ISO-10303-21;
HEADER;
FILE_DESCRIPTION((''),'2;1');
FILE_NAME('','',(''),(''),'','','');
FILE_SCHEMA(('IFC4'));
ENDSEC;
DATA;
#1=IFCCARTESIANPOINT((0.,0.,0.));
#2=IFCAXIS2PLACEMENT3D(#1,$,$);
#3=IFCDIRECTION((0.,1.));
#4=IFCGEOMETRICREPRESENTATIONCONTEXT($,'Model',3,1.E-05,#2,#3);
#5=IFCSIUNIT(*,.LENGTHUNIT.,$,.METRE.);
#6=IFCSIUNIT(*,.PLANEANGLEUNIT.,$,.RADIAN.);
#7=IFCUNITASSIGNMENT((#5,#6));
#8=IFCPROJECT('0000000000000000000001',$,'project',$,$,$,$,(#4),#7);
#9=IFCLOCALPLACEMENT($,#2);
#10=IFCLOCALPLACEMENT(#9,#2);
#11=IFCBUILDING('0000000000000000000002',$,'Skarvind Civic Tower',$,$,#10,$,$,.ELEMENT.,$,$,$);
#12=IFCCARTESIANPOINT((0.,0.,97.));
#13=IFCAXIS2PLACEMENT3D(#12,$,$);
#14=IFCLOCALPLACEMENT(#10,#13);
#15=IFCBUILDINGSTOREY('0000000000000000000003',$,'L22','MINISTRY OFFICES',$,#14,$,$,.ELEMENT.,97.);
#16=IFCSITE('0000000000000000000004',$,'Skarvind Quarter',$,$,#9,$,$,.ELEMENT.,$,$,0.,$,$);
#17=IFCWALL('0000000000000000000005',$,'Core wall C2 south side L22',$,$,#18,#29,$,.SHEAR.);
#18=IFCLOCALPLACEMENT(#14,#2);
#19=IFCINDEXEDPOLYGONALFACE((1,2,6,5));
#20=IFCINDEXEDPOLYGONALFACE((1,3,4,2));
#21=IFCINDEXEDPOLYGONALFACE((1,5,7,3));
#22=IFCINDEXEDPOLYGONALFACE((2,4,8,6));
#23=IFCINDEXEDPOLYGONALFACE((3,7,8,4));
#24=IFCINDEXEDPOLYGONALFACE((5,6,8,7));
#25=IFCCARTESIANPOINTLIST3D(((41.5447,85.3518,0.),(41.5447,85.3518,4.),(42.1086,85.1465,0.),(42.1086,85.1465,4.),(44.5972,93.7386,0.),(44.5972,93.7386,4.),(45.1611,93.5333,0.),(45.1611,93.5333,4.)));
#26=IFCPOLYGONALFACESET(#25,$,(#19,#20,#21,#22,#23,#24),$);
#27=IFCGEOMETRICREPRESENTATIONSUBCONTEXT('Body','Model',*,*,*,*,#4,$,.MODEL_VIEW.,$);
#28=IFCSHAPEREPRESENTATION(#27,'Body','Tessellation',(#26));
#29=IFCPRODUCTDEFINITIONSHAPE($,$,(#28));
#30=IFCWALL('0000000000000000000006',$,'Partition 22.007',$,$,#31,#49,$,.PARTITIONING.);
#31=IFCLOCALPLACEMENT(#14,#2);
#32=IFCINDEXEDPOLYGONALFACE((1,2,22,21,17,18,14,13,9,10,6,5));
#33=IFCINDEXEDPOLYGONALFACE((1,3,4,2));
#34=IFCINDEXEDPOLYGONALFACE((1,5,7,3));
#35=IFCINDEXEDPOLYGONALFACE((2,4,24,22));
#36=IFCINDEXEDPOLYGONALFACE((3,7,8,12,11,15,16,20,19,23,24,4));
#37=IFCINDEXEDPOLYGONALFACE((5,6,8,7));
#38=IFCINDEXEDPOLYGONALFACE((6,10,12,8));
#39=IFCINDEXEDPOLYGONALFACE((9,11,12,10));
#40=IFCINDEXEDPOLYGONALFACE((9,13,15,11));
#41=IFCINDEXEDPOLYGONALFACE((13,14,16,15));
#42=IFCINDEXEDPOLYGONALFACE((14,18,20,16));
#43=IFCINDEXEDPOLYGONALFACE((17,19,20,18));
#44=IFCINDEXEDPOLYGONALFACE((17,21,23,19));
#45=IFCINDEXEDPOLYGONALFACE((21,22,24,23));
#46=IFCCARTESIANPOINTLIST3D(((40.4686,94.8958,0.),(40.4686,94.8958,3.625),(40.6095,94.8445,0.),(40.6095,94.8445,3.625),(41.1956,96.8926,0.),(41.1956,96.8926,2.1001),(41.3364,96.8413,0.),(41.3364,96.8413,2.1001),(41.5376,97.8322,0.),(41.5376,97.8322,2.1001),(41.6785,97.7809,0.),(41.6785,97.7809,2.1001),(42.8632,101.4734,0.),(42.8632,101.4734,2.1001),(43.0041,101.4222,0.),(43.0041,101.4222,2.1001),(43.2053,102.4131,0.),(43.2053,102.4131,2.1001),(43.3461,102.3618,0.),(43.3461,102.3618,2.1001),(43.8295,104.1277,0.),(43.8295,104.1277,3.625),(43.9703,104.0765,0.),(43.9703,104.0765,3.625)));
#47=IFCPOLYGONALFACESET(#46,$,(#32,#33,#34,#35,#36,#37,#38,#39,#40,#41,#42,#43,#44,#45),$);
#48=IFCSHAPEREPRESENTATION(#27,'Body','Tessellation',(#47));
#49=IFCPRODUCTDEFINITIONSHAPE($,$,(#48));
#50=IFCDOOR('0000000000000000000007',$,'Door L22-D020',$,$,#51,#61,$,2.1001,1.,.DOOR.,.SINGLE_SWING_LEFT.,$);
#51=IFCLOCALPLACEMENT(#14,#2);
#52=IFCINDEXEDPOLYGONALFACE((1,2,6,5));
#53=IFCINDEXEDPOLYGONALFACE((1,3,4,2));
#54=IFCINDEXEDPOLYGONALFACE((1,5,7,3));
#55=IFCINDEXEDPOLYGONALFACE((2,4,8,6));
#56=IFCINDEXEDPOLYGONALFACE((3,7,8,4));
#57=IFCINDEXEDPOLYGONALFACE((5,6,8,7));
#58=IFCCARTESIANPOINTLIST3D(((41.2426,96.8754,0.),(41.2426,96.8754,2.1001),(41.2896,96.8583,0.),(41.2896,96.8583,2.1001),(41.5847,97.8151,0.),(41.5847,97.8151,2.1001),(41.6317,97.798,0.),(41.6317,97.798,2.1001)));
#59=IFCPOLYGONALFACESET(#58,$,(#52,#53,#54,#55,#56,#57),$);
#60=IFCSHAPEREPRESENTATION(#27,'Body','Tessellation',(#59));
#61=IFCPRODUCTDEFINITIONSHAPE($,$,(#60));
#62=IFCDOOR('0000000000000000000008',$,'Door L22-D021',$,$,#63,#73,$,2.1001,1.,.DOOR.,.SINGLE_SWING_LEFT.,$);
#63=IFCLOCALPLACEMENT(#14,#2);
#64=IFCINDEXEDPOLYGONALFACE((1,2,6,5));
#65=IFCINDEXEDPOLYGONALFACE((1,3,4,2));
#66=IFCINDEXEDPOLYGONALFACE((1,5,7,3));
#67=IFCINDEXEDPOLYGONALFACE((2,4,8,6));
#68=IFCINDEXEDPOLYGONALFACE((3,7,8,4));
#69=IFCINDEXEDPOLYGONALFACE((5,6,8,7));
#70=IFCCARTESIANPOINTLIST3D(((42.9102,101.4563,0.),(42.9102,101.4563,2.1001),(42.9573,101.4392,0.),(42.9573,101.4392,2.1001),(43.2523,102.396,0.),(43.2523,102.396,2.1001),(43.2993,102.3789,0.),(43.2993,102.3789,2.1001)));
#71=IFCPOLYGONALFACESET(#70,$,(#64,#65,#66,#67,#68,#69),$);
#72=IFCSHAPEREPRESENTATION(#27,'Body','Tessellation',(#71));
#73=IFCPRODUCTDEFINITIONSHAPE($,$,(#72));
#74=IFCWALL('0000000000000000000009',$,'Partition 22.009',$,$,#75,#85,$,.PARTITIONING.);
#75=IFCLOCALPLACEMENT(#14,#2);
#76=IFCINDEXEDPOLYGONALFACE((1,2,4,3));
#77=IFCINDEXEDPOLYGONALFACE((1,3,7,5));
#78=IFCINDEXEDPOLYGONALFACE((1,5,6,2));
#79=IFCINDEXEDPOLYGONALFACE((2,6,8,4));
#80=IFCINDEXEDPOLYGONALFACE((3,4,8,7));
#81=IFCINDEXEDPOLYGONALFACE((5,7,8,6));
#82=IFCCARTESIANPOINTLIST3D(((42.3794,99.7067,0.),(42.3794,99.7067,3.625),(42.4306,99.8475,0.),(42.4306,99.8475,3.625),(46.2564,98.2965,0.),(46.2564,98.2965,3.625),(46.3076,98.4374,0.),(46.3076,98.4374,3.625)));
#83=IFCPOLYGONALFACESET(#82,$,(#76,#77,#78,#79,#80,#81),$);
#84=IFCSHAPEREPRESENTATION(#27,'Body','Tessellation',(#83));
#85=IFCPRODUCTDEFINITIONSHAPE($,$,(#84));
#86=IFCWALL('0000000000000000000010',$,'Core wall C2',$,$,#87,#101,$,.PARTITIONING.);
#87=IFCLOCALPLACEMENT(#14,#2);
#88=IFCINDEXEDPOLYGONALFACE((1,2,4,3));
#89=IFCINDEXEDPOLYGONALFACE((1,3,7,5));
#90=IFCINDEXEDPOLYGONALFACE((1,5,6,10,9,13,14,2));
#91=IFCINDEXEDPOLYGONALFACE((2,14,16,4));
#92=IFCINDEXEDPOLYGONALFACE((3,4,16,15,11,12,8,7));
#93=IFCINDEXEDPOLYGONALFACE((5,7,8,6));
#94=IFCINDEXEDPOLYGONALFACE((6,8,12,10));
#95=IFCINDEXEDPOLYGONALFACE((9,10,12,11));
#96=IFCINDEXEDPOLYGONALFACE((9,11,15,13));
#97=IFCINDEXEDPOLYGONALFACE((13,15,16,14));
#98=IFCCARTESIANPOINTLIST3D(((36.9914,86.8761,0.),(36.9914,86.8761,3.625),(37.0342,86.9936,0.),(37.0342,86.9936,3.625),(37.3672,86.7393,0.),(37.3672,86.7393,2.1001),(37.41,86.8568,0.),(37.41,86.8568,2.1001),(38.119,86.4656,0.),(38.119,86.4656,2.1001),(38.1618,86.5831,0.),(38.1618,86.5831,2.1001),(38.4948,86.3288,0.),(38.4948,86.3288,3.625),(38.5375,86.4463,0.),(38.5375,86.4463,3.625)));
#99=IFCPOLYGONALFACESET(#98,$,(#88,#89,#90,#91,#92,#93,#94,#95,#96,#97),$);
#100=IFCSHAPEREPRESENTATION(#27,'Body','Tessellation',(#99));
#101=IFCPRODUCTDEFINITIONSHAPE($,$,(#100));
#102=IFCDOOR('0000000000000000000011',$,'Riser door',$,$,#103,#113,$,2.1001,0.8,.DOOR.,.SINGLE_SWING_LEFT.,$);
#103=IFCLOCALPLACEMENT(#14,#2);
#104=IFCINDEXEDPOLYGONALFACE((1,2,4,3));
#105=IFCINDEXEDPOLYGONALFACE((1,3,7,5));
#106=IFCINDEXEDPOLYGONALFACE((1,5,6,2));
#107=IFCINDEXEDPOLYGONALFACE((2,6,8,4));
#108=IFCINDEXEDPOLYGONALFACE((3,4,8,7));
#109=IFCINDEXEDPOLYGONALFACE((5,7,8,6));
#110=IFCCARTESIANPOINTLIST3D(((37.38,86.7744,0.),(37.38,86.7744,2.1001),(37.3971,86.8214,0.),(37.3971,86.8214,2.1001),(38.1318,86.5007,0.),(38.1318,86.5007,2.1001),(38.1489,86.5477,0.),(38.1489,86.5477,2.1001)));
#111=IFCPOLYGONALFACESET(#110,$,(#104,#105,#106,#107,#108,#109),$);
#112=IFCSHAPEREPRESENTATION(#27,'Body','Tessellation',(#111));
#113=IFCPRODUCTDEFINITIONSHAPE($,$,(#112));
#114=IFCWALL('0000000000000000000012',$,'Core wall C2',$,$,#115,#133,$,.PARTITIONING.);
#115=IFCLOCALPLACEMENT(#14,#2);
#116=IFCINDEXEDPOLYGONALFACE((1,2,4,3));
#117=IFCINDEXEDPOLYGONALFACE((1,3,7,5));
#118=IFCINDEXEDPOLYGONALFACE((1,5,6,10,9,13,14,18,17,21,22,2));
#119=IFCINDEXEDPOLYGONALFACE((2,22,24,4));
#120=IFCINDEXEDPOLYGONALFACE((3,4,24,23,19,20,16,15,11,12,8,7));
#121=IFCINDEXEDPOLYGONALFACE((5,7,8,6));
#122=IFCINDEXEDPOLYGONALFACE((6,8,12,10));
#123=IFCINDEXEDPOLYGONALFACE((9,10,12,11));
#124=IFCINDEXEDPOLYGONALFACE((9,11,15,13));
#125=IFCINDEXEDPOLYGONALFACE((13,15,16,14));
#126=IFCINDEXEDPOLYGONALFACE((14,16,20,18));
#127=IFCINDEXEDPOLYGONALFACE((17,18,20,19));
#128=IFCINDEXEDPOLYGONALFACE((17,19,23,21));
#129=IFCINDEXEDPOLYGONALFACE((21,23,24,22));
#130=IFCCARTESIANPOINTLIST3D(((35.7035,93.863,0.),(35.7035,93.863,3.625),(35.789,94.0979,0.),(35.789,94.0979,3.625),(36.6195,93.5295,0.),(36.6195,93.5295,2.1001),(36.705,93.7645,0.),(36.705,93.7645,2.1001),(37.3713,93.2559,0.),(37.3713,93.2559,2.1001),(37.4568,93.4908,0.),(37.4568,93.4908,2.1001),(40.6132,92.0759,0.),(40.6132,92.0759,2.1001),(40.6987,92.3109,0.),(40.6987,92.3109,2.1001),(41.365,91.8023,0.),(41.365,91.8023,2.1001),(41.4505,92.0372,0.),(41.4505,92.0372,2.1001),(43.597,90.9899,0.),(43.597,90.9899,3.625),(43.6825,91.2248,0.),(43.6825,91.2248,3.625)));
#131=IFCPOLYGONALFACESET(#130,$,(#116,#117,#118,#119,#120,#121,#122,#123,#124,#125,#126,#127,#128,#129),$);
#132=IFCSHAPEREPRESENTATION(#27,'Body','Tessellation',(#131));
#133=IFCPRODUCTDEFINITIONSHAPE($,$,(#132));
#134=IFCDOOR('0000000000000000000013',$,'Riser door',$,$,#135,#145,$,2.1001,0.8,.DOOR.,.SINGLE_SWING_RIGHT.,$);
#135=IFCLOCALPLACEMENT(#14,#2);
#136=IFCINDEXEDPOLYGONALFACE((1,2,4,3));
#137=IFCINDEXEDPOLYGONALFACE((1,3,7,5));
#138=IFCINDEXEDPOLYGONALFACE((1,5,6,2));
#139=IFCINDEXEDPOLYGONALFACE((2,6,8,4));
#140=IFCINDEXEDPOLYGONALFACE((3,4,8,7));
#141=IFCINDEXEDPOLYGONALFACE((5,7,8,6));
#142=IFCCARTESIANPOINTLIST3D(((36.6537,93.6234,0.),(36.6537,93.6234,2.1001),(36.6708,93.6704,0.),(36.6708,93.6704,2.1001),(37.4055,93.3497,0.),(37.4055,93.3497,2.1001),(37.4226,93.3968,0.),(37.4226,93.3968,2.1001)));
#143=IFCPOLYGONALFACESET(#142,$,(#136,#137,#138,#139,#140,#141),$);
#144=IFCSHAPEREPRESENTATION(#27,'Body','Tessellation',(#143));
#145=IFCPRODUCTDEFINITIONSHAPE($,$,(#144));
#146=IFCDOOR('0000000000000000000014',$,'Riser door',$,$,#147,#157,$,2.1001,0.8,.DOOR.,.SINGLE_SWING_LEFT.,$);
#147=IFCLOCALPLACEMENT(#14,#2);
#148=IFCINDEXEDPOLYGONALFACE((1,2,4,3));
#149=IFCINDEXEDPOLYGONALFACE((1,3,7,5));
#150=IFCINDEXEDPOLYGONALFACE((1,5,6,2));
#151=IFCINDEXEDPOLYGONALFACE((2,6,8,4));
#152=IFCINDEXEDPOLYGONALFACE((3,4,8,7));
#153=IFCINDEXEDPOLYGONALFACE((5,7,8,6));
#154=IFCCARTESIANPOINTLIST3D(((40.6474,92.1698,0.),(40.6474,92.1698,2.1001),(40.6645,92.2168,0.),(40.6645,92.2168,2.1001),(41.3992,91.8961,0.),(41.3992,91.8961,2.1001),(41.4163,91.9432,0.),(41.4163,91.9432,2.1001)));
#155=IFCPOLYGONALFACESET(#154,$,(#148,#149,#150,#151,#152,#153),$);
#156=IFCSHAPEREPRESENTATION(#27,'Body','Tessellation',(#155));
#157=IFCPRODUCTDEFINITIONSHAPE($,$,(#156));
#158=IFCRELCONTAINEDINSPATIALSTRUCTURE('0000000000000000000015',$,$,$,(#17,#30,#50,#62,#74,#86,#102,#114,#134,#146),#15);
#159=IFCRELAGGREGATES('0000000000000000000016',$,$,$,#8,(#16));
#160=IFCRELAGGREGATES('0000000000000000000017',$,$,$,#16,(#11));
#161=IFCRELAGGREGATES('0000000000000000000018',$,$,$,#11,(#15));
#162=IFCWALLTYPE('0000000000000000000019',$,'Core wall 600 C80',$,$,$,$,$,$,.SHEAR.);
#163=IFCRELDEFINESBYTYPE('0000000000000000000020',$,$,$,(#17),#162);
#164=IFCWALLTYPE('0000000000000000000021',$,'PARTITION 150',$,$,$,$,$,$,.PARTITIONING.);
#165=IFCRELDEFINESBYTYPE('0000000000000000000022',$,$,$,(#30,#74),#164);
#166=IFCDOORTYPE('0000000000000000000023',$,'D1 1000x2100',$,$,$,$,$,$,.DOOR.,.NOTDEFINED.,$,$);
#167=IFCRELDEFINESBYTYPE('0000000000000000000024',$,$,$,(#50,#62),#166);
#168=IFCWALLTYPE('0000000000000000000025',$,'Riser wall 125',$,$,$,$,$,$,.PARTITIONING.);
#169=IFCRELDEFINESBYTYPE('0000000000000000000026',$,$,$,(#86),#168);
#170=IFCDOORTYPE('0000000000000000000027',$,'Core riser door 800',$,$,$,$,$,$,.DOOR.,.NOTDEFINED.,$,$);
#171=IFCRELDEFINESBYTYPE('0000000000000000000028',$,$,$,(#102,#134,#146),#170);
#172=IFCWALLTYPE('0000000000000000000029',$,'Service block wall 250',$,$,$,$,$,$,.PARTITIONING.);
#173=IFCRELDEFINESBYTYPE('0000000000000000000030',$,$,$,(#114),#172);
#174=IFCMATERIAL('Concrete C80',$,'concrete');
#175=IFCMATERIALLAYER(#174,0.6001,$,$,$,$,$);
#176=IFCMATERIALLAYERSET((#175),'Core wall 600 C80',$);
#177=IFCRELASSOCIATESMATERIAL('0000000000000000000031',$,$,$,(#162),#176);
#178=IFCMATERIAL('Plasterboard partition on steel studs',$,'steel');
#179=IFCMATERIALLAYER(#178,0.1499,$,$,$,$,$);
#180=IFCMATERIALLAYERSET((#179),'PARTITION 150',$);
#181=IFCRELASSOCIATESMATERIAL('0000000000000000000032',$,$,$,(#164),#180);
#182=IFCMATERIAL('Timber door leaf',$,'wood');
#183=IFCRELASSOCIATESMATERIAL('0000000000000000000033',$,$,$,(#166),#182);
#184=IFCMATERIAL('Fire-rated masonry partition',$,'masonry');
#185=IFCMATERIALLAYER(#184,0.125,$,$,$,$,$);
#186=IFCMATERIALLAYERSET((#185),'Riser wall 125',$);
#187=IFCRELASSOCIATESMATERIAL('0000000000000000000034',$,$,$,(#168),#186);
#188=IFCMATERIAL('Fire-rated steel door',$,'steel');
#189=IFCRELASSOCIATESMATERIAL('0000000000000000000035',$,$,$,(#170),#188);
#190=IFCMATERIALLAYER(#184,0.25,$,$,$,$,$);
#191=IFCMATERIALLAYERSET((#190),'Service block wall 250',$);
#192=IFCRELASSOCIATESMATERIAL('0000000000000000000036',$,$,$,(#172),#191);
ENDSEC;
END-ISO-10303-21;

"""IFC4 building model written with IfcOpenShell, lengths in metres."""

from ifc_helpers import new_model, si_unit, direction, frame, frame_2d, origin, place, context, subcontext, project, spatial, rectangle, extrude, material, layer, layer_set, type_object, element, fill, save


model = new_model("IFC4")

# Units and contexts
model_context = context("Model", 3, precision=1e-05, world=origin(), true_north=direction((0.0, 1.0)))
body_context = subcontext(model_context, "Body", "Model", "MODEL_VIEW")
ifc_project = project(units=[si_unit("LENGTHUNIT", "METRE"), si_unit("PLANEANGLEUNIT", "RADIAN")], contexts=[model_context])

# Site, building, storey
site_placement = place(None, origin())
site = spatial("IfcSite", under=ifc_project, at=site_placement, Name="Skarvind Quarter", CompositionType="ELEMENT", RefElevation=0.0)
building_placement = place(site_placement, origin())
building = spatial("IfcBuilding", under=site, at=building_placement, Name="Skarvind Civic Tower", CompositionType="ELEMENT")
storey_placement = place(building_placement, frame((0.0, 0.0, 97.0)))
storey = spatial("IfcBuildingStorey", under=building, at=storey_placement, Name="L22", Description="MINISTRY OFFICES", CompositionType="ELEMENT", Elevation=97.0)

# Shared definitions
ifc_material_1 = material(Name="Concrete C80", Category="concrete")

# Shared definitions
ifc_material_2 = material(Name="Fire-rated masonry partition", Category="masonry")
ifc_material_3 = material(Name="Fire-rated steel door", Category="steel")

# Wall
ifc_layer_1 = layer(ifc_material_1, 0.6001)
ifc_layer_set_1 = layer_set([ifc_layer_1], Name="Core wall 600 C80")
wall_type_1 = type_object("IfcWallType", Name="Core wall 600 C80", PredefinedType="SHEAR", material=ifc_layer_set_1)
wall_1_placement = place(storey_placement, frame((41.8267, 85.2493, 0.0), z_axis=(0.0, 0.0, 1.0), x_axis=(0.342018, 0.939694, 0.0)))
element("IfcWall", 1, at=wall_1_placement, inside=storey, type_object=wall_type_1, Name="Core wall C2 south side L22", PredefinedType="SHEAR", context=body_context, shape_type="SweptSolid", body=[
    extrude(rectangle(XDim=8.925, YDim=0.6001, at=frame_2d((4.4624, 0.0))), origin(), (0.0, 0.0, 1.0), 4.0),
])

# Wall, openings, doors
ifc_material_4 = material(Name="Plasterboard partition on steel studs", Category="steel")
ifc_layer_2 = layer(ifc_material_4, 0.1499)
ifc_layer_set_2 = layer_set([ifc_layer_2], Name="PARTITION 150")
wall_type_2 = type_object("IfcWallType", Name="PARTITION 150", PredefinedType="PARTITIONING", material=ifc_layer_set_2)
wall_2_placement = place(storey_placement, frame((40.5391, 94.8701, 0.0), z_axis=(0.0, 0.0, 1.0), x_axis=(0.342082, 0.93967, 0.0)))
wall_2 = element("IfcWall", 2, at=wall_2_placement, inside=storey, type_object=wall_type_2, Name="Partition 22.007", PredefinedType="PARTITIONING", context=body_context, shape_type="SweptSolid", body=[
    extrude(rectangle(XDim=9.8247, YDim=0.1499, at=frame_2d((4.9124, 0.0))), origin(), (0.0, 0.0, 1.0), 3.625),
])
opening_1_placement = place(wall_2_placement, frame((2.125, 0.0, 0.0)))
opening_1 = element("IfcOpeningElement", 3, at=opening_1_placement, cuts=wall_2, PredefinedType="OPENING", context=body_context, shape_type="SweptSolid", body=[
    extrude(rectangle(XDim=1.0, YDim=2.1001, at=frame_2d((0.5, 1.05))), frame((0.0, 0.085, 0.0), z_axis=(0.0, -1.0, 0.0), x_axis=(1.0, 0.0, 0.0)), (0.0, 0.0, 1.0), 0.1699),
])
opening_2_placement = place(wall_2_placement, frame((7.0, 0.0, 0.0)))
opening_2 = element("IfcOpeningElement", 4, at=opening_2_placement, cuts=wall_2, PredefinedType="OPENING", context=body_context, shape_type="SweptSolid", body=[
    extrude(rectangle(XDim=1.0, YDim=2.1001, at=frame_2d((0.5, 1.05))), frame((0.0, 0.085, 0.0), z_axis=(0.0, -1.0, 0.0), x_axis=(1.0, 0.0, 0.0)), (0.0, 0.0, 1.0), 0.1699),
])
ifc_material_5 = material(Name="Timber door leaf", Category="wood")
door_type_1 = type_object("IfcDoorType", Name="D1 1000x2100", OperationType="NOTDEFINED", PredefinedType="DOOR", material=ifc_material_5)
door_1_placement = place(opening_1_placement, origin())
door_1 = element("IfcDoor", 5, at=door_1_placement, inside=storey, type_object=door_type_1, Name="Door L22-D020", OperationType="SINGLE_SWING_LEFT", OverallHeight=2.1001, OverallWidth=1.0, PredefinedType="DOOR", context=body_context, shape_type="SweptSolid", body=[
    extrude(rectangle(XDim=1.0, YDim=2.1001, at=frame_2d((0.5, 1.05))), frame((0.0, 0.0249, 0.0), z_axis=(0.0, -1.0, 0.0), x_axis=(1.0, 0.0, 0.0)), (0.0, 0.0, 1.0), 0.05),
])
fill(opening_1, door_1)
door_2_placement = place(opening_2_placement, origin())
door_2 = element("IfcDoor", 6, at=door_2_placement, inside=storey, type_object=door_type_1, Name="Door L22-D021", OperationType="SINGLE_SWING_LEFT", OverallHeight=2.1001, OverallWidth=1.0, PredefinedType="DOOR", context=body_context, shape_type="SweptSolid", body=[
    extrude(rectangle(XDim=1.0, YDim=2.1001, at=frame_2d((0.5, 1.05))), frame((0.0, 0.0249, 0.0), z_axis=(0.0, -1.0, 0.0), x_axis=(1.0, 0.0, 0.0)), (0.0, 0.0, 1.0), 0.05),
])
fill(opening_2, door_2)

# Wall
wall_3_placement = place(storey_placement, frame((42.405, 99.7771, 0.0), z_axis=(0.0, 0.0, 1.0), x_axis=(0.939766, -0.341819, 0.0)))
element("IfcWall", 7, at=wall_3_placement, inside=storey, type_object=wall_type_2, Name="Partition 22.009", PredefinedType="PARTITIONING", context=body_context, shape_type="SweptSolid", body=[
    extrude(rectangle(XDim=4.1255, YDim=0.1499, at=frame_2d((2.0627, 0.0))), origin(), (0.0, 0.0, 1.0), 3.625),
])

# Wall, opening, door
ifc_layer_3 = layer(ifc_material_2, 0.125)
ifc_layer_set_3 = layer_set([ifc_layer_3], Name="Riser wall 125")
wall_type_3 = type_object("IfcWallType", Name="Riser wall 125", PredefinedType="PARTITIONING", material=ifc_layer_set_3)
wall_4_placement = place(storey_placement, frame((37.0129, 86.9348, 0.0), z_axis=(0.0, 0.0, 1.0), x_axis=(0.93966, -0.342111, 0.0)))
wall_4 = element("IfcWall", 8, at=wall_4_placement, inside=storey, type_object=wall_type_3, Name="Core wall C2", PredefinedType="PARTITIONING", context=body_context, shape_type="SweptSolid", body=[
    extrude(rectangle(XDim=1.5999, YDim=0.125, at=frame_2d((0.7998, 0.0))), origin(), (0.0, 0.0, 1.0), 3.625),
])
opening_3_placement = place(wall_4_placement, frame((0.3999, 0.0, 0.0)))
opening_3 = element("IfcOpeningElement", 9, at=opening_3_placement, cuts=wall_4, PredefinedType="OPENING", context=body_context, shape_type="SweptSolid", body=[
    extrude(rectangle(XDim=0.8, YDim=2.1001, at=frame_2d((0.3999, 1.05))), frame((0.0, 0.0725, 0.0), z_axis=(0.0, -1.0, 0.0), x_axis=(1.0, 0.0, 0.0)), (0.0, 0.0, 1.0), 0.145),
])
door_type_2 = type_object("IfcDoorType", Name="Core riser door 800", OperationType="NOTDEFINED", PredefinedType="DOOR", material=ifc_material_3)
door_3_placement = place(opening_3_placement, origin())
door_3 = element("IfcDoor", 10, at=door_3_placement, inside=storey, type_object=door_type_2, Name="Riser door", OperationType="SINGLE_SWING_LEFT", OverallHeight=2.1001, OverallWidth=0.8, PredefinedType="DOOR", context=body_context, shape_type="SweptSolid", body=[
    extrude(rectangle(XDim=0.8, YDim=2.1001, at=frame_2d((0.3999, 1.05))), frame((0.0, 0.0249, 0.0), z_axis=(0.0, -1.0, 0.0), x_axis=(1.0, 0.0, 0.0)), (0.0, 0.0, 1.0), 0.05),
])
fill(opening_3, door_3)

# Wall, openings, doors
ifc_layer_4 = layer(ifc_material_2, 0.25)
ifc_layer_set_4 = layer_set([ifc_layer_4], Name="Service block wall 250")
wall_type_4 = type_object("IfcWallType", Name="Service block wall 250", PredefinedType="PARTITIONING", material=ifc_layer_set_4)
wall_5_placement = place(storey_placement, frame((35.7461, 93.9805, 0.0), z_axis=(0.0, 0.0, 1.0), x_axis=(0.939692, -0.342023, 0.0)))
wall_5 = element("IfcWall", 11, at=wall_5_placement, inside=storey, type_object=wall_type_4, Name="Core wall C2", PredefinedType="PARTITIONING", context=body_context, shape_type="SweptSolid", body=[
    extrude(rectangle(XDim=8.4001, YDim=0.25, at=frame_2d((4.2002, 0.0))), origin(), (0.0, 0.0, 1.0), 3.625),
])
opening_4_placement = place(wall_5_placement, frame((0.9751, 0.0, 0.0)))
opening_4 = element("IfcOpeningElement", 12, at=opening_4_placement, cuts=wall_5, PredefinedType="OPENING", context=body_context, shape_type="SweptSolid", body=[
    extrude(rectangle(XDim=0.8, YDim=2.1001, at=frame_2d((0.3999, 1.05))), frame((0.0, 0.135, 0.0), z_axis=(0.0, -1.0, 0.0), x_axis=(1.0, 0.0, 0.0)), (0.0, 0.0, 1.0), 0.27),
])
opening_5_placement = place(wall_5_placement, frame((5.2251, 0.0, 0.0)))
opening_5 = element("IfcOpeningElement", 13, at=opening_5_placement, cuts=wall_5, PredefinedType="OPENING", context=body_context, shape_type="SweptSolid", body=[
    extrude(rectangle(XDim=0.8, YDim=2.1001, at=frame_2d((0.3999, 1.05))), frame((0.0, 0.135, 0.0), z_axis=(0.0, -1.0, 0.0), x_axis=(1.0, 0.0, 0.0)), (0.0, 0.0, 1.0), 0.27),
])
door_4_placement = place(opening_4_placement, origin())
door_4 = element("IfcDoor", 14, at=door_4_placement, inside=storey, type_object=door_type_2, Name="Riser door", OperationType="SINGLE_SWING_RIGHT", OverallHeight=2.1001, OverallWidth=0.8, PredefinedType="DOOR", context=body_context, shape_type="SweptSolid", body=[
    extrude(rectangle(XDim=0.8, YDim=2.1001, at=frame_2d((0.3999, 1.05))), frame((0.0, 0.0249, 0.0), z_axis=(0.0, -1.0, 0.0), x_axis=(1.0, 0.0, 0.0)), (0.0, 0.0, 1.0), 0.05),
])
fill(opening_4, door_4)
door_5_placement = place(opening_5_placement, origin())
door_5 = element("IfcDoor", 15, at=door_5_placement, inside=storey, type_object=door_type_2, Name="Riser door", OperationType="SINGLE_SWING_LEFT", OverallHeight=2.1001, OverallWidth=0.8, PredefinedType="DOOR", context=body_context, shape_type="SweptSolid", body=[
    extrude(rectangle(XDim=0.8, YDim=2.1001, at=frame_2d((0.3999, 1.05))), frame((0.0, 0.0249, 0.0), z_axis=(0.0, -1.0, 0.0), x_axis=(1.0, 0.0, 0.0)), (0.0, 0.0, 1.0), 0.05),
])
fill(opening_5, door_5)

save(model, "model.ifc")
